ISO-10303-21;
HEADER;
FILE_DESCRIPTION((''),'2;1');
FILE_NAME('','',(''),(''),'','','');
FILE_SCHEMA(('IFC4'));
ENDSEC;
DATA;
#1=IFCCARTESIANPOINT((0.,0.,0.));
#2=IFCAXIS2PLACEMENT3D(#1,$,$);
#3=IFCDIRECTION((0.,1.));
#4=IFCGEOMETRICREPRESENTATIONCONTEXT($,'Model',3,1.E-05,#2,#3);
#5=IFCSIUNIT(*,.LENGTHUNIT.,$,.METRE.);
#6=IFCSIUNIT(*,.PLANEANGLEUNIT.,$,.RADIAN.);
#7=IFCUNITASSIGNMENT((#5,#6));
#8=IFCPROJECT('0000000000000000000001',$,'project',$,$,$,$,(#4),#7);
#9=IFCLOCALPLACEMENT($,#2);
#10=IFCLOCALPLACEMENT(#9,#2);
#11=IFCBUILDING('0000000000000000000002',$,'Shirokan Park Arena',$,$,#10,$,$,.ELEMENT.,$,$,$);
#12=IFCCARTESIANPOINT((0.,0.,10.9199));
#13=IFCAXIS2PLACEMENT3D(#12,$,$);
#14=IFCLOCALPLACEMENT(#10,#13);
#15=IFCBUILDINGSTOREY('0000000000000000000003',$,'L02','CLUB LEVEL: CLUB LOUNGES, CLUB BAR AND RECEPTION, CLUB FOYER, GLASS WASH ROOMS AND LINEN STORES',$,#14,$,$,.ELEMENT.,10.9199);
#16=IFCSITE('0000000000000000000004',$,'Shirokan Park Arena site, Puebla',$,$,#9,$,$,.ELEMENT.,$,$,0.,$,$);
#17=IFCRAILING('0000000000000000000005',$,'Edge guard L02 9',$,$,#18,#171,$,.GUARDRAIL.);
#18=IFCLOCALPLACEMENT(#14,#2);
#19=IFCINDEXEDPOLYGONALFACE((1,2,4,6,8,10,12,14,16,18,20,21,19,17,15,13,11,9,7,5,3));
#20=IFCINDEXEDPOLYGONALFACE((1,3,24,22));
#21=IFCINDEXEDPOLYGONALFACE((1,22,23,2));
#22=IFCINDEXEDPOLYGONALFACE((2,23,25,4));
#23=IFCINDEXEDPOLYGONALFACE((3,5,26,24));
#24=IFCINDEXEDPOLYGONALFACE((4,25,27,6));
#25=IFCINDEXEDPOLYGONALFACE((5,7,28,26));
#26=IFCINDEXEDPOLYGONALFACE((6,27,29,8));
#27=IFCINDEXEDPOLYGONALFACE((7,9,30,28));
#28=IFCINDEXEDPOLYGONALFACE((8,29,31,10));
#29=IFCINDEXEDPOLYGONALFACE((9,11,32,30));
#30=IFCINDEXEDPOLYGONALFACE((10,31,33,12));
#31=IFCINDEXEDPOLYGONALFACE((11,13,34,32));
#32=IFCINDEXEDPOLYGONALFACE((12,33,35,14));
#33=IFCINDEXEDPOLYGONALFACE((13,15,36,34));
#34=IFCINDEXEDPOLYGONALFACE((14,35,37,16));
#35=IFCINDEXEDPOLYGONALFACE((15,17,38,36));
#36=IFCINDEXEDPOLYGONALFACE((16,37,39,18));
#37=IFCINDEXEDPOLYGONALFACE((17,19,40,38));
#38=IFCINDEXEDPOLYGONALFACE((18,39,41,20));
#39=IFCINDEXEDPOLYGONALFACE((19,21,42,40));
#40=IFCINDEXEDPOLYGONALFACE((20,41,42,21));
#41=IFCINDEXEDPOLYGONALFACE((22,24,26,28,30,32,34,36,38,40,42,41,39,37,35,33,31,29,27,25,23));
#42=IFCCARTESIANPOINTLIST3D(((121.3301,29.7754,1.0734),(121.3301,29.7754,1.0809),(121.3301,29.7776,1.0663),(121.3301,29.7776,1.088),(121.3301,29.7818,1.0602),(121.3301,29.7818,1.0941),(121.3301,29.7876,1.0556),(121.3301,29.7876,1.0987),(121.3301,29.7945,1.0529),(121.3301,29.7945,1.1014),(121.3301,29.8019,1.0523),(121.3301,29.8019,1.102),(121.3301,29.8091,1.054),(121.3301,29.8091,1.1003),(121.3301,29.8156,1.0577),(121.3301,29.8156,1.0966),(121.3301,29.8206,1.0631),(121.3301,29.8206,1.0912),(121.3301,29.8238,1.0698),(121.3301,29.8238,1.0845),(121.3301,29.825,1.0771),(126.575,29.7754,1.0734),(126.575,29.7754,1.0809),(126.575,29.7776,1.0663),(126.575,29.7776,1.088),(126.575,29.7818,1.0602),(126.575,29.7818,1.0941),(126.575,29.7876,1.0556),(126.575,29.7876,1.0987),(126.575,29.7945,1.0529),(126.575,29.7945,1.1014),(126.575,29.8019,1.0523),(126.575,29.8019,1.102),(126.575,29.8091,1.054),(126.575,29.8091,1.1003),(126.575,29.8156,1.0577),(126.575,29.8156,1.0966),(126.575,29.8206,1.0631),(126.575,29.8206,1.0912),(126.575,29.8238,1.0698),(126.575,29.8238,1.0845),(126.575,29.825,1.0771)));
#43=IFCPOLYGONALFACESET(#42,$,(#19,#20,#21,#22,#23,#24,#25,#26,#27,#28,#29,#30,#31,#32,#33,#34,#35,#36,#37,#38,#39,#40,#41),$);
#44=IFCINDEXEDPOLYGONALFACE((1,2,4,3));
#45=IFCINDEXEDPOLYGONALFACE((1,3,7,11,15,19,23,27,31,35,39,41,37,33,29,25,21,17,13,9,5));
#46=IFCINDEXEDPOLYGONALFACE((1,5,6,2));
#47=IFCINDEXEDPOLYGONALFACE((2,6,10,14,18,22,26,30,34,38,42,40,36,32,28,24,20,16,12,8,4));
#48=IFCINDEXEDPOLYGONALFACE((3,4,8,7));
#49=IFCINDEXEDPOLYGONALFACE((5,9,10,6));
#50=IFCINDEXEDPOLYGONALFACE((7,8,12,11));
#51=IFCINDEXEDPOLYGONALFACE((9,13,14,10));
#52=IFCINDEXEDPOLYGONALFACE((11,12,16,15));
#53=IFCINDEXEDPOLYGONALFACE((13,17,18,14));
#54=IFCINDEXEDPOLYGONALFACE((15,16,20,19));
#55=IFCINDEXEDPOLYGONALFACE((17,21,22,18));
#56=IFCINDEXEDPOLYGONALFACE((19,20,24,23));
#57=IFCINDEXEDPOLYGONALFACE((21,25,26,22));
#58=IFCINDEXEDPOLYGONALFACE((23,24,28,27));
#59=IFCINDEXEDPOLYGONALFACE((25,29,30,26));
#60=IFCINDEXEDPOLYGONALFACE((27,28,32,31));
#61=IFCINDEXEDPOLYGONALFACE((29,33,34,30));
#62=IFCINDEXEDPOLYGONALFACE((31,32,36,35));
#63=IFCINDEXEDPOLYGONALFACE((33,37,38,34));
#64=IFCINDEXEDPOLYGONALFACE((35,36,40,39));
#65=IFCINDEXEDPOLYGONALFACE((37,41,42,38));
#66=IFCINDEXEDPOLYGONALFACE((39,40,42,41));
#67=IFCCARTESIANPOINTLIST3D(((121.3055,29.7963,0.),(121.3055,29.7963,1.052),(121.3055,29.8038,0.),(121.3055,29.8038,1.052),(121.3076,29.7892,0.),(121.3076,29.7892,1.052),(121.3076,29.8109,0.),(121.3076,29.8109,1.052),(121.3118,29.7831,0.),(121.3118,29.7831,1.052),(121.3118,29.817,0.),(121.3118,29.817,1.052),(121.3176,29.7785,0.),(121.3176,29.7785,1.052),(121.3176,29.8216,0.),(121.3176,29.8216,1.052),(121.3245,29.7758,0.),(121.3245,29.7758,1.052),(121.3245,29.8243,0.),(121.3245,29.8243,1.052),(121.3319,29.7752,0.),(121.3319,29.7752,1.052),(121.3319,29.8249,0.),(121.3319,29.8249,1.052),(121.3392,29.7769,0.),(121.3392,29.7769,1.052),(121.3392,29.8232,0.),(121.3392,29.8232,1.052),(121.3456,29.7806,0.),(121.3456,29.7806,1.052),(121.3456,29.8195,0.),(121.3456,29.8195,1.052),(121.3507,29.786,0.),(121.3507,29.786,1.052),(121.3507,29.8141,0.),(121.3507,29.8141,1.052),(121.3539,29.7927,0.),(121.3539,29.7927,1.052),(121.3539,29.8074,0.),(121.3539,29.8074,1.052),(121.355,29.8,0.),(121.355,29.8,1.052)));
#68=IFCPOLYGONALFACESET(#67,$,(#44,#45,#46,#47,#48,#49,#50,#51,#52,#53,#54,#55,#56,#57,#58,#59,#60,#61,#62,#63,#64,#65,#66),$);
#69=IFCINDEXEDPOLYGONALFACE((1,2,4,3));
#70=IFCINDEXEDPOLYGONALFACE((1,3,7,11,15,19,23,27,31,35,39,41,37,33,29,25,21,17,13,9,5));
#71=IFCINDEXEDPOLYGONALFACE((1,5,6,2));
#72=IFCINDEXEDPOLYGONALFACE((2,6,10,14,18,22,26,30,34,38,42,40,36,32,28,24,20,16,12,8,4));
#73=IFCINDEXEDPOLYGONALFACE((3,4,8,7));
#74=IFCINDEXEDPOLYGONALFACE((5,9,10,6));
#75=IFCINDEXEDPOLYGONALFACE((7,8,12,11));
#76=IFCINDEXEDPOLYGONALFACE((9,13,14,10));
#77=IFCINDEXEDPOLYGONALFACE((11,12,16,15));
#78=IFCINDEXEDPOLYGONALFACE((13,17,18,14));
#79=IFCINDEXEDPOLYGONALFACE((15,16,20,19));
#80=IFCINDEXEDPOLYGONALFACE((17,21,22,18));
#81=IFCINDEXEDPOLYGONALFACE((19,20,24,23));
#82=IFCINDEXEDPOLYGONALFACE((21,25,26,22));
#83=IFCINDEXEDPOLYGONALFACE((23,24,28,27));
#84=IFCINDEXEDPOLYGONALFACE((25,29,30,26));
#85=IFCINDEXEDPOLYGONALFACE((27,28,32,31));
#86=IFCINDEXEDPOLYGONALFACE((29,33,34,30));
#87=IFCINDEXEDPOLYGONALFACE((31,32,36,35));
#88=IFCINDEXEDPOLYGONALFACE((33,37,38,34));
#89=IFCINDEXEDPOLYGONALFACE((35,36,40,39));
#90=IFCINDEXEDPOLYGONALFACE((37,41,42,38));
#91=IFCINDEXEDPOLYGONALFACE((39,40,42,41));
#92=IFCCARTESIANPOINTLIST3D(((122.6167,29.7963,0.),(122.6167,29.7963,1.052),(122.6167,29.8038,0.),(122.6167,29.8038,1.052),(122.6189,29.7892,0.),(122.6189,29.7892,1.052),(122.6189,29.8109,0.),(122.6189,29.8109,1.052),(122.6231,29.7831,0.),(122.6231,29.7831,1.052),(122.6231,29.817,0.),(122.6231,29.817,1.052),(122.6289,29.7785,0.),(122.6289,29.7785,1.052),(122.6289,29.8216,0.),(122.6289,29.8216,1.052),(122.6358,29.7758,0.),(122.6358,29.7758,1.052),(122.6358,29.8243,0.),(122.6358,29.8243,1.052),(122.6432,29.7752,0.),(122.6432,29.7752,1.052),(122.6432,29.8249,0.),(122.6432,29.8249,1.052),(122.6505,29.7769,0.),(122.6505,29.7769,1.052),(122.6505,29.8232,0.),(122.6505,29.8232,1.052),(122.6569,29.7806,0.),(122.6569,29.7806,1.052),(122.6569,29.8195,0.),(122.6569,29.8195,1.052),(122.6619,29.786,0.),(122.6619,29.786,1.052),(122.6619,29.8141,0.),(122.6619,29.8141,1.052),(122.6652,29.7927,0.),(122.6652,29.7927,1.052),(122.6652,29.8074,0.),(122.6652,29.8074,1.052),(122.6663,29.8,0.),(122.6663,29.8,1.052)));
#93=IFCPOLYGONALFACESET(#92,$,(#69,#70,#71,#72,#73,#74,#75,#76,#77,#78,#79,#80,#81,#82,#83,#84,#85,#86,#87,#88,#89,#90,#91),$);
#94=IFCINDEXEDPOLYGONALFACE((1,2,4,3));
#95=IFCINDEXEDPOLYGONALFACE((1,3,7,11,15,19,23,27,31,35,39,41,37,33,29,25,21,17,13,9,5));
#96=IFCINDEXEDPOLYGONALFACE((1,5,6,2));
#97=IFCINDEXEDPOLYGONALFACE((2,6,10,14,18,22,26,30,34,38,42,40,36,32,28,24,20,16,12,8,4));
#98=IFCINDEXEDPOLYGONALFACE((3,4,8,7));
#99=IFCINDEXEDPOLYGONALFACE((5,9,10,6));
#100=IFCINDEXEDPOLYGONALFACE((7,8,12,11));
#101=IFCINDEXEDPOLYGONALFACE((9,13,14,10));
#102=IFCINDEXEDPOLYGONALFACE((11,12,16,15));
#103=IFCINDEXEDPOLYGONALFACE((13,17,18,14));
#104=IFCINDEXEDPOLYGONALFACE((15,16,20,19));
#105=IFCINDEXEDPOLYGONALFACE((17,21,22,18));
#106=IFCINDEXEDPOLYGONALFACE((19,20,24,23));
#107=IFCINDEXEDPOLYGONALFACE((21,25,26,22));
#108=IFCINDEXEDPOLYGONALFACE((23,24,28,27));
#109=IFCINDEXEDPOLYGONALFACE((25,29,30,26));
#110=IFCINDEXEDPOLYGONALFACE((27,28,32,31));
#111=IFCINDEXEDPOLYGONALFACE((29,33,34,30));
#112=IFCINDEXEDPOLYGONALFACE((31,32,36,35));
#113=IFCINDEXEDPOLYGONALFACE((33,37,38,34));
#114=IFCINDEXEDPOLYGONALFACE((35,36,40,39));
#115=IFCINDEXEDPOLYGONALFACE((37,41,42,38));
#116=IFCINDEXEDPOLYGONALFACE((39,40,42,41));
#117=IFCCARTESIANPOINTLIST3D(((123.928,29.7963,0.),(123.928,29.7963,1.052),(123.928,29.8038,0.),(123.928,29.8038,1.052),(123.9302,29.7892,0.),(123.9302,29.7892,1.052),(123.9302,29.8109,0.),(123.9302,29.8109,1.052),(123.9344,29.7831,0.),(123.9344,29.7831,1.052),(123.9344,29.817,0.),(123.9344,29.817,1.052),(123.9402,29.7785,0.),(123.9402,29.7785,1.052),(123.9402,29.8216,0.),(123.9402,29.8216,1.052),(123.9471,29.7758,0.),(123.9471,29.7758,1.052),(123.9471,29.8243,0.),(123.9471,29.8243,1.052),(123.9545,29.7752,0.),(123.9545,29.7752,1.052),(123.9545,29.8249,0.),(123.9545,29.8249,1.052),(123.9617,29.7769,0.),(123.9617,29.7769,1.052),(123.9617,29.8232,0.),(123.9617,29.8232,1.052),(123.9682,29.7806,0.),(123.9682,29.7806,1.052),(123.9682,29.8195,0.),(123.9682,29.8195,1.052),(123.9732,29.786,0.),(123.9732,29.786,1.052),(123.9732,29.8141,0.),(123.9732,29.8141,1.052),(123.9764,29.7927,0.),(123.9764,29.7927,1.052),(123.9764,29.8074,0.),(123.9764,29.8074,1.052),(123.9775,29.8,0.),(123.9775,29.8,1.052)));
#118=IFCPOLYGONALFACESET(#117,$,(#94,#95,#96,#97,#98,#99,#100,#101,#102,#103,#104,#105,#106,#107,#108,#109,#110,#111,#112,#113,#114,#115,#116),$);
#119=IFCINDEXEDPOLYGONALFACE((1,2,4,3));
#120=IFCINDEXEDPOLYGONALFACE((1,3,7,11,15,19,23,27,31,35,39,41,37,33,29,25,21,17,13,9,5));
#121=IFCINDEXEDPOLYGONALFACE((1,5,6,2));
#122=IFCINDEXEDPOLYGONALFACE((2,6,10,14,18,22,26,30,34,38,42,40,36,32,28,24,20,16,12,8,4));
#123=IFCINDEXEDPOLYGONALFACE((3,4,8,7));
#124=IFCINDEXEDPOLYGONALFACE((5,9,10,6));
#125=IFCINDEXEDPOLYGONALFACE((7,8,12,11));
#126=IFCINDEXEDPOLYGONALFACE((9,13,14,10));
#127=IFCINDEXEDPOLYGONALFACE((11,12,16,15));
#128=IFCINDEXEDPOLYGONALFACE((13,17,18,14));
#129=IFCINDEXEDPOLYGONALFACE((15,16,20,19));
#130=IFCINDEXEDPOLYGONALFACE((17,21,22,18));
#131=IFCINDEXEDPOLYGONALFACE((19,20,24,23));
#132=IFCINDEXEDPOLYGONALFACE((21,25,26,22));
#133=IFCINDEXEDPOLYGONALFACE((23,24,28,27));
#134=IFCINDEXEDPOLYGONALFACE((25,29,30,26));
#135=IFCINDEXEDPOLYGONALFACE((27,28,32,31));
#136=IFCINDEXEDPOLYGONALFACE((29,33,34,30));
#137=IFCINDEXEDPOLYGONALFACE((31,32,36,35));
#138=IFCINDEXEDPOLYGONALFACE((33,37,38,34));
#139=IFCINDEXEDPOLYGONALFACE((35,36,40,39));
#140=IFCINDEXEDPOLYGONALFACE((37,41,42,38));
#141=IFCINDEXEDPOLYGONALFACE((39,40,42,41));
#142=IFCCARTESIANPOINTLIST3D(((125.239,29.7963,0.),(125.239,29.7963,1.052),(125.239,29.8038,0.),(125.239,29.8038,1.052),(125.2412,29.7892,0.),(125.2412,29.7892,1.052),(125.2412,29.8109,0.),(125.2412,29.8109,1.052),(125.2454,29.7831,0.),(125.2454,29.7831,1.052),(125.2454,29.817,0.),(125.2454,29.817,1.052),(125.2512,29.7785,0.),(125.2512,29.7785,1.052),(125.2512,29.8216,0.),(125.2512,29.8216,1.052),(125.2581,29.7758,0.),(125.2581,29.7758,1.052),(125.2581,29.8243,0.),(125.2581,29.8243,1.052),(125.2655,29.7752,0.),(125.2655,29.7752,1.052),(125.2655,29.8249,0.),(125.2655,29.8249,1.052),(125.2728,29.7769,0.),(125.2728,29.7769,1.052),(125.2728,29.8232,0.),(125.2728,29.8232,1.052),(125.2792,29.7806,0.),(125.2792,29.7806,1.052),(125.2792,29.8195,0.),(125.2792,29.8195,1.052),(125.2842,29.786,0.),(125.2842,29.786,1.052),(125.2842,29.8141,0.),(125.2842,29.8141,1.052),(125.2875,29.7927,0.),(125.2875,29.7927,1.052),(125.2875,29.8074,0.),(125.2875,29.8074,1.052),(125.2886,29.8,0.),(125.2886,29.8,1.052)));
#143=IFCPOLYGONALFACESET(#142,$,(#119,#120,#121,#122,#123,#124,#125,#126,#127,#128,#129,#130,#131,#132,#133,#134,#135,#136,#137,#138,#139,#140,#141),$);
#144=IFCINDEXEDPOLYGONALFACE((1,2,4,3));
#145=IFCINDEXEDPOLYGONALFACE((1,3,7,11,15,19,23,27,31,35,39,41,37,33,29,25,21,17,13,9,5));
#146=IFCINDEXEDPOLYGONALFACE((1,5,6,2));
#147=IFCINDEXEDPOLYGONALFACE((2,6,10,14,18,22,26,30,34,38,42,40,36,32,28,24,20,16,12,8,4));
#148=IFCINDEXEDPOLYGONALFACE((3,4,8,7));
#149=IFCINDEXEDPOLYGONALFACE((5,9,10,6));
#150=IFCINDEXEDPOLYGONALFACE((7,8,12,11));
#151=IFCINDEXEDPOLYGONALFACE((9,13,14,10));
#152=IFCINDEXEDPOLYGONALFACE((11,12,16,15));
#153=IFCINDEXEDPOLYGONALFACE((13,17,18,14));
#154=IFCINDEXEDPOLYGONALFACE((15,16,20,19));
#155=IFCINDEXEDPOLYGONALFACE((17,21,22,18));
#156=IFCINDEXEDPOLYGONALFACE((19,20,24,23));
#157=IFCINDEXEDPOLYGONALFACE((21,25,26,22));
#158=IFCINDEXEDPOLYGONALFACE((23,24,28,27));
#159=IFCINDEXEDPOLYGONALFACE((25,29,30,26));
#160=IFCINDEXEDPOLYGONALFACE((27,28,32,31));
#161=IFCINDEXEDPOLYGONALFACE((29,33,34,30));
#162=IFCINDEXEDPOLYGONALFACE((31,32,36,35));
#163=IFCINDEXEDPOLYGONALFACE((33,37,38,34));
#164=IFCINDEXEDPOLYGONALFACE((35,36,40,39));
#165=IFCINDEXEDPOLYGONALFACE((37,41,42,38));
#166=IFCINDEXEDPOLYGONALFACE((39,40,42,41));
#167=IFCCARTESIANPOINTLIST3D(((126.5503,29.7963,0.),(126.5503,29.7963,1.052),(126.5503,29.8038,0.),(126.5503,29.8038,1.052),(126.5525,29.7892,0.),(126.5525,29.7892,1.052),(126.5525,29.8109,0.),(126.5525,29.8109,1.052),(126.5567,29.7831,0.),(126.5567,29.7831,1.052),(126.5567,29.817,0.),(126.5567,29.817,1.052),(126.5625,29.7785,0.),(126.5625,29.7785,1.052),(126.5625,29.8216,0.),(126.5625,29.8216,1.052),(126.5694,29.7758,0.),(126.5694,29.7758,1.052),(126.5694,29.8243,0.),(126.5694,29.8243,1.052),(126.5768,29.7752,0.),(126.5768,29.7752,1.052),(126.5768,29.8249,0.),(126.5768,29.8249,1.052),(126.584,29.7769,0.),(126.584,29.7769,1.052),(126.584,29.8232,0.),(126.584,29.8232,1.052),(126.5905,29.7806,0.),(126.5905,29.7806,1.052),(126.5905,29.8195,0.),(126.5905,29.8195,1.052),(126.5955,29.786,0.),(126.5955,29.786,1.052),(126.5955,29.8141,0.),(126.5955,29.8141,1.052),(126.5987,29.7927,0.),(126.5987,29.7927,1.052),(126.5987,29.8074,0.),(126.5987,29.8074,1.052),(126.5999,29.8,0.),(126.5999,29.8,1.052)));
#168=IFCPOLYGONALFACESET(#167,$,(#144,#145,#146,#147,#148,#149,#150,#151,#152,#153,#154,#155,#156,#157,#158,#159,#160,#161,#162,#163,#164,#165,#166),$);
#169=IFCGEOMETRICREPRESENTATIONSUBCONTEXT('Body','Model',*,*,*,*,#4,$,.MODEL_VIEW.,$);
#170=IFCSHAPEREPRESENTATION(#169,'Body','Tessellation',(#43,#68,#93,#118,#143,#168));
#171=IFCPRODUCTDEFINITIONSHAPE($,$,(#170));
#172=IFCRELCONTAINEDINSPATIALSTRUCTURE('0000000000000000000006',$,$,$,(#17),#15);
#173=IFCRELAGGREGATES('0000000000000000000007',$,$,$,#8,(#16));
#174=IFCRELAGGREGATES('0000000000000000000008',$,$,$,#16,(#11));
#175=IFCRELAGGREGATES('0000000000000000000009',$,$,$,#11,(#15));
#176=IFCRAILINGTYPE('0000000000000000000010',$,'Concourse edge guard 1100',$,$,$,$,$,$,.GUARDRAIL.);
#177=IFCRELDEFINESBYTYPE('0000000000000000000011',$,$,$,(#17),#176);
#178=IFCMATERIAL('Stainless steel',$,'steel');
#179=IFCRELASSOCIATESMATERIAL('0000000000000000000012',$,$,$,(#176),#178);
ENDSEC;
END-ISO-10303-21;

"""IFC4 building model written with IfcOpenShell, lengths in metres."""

from ifc_helpers import new_model, si_unit, direction, frame, origin, origin_2d, place, context, subcontext, project, spatial, circle, extrude, material, type_object, element, save


model = new_model("IFC4")

# Units and contexts
model_context = context("Model", 3, precision=1e-05, world=origin(), true_north=direction((0.0, 1.0)))
body_context = subcontext(model_context, "Body", "Model", "MODEL_VIEW")
ifc_project = project(units=[si_unit("LENGTHUNIT", "METRE"), si_unit("PLANEANGLEUNIT", "RADIAN")], contexts=[model_context])

# Site, building, storey
site_placement = place(None, origin())
site = spatial("IfcSite", under=ifc_project, at=site_placement, Name="Shirokan Park Arena site, Puebla", CompositionType="ELEMENT", RefElevation=0.0)
building_placement = place(site_placement, origin())
building = spatial("IfcBuilding", under=site, at=building_placement, Name="Shirokan Park Arena", CompositionType="ELEMENT")
storey_placement = place(building_placement, frame((0.0, 0.0, 10.9199)))
storey = spatial("IfcBuildingStorey", under=building, at=storey_placement, Name="L02", Description="CLUB LEVEL: CLUB LOUNGES, CLUB BAR AND RECEPTION, CLUB FOYER, GLASS WASH ROOMS AND LINEN STORES", CompositionType="ELEMENT", Elevation=10.9199)

# Railing
ifc_material_1 = material(Name="Stainless steel", Category="steel")
railing_type = type_object("IfcRailingType", Name="Concourse edge guard 1100", PredefinedType="GUARDRAIL", material=ifc_material_1)
railing_1_placement = place(storey_placement, frame((121.3301, 29.8, 0.0)))
element("IfcRailing", 1, at=railing_1_placement, inside=storey, type_object=railing_type, Name="Edge guard L02 9", PredefinedType="GUARDRAIL", context=body_context, shape_type="SweptSolid", body=[
    extrude(circle(Radius=0.0249, at=origin_2d()), frame((0.0, 0.0, 1.0771), z_axis=(1.0, 0.0, 0.0), x_axis=(0.0, 1.0, 0.0)), (0.0, 0.0, 1.0), 5.2449),
    extrude(circle(Radius=0.0249, at=origin_2d()), origin(), (0.0, 0.0, 1.0), 1.052),
    extrude(circle(Radius=0.0249, at=origin_2d()), frame((1.3113, 0.0, 0.0)), (0.0, 0.0, 1.0), 1.052),
    extrude(circle(Radius=0.0249, at=origin_2d()), frame((2.6226, 0.0, 0.0)), (0.0, 0.0, 1.0), 1.052),
    extrude(circle(Radius=0.0249, at=origin_2d()), frame((3.9336, 0.0, 0.0)), (0.0, 0.0, 1.0), 1.052),
    extrude(circle(Radius=0.0249, at=origin_2d()), frame((5.2449, 0.0, 0.0)), (0.0, 0.0, 1.0), 1.052),
])

save(model, "model.ifc")
